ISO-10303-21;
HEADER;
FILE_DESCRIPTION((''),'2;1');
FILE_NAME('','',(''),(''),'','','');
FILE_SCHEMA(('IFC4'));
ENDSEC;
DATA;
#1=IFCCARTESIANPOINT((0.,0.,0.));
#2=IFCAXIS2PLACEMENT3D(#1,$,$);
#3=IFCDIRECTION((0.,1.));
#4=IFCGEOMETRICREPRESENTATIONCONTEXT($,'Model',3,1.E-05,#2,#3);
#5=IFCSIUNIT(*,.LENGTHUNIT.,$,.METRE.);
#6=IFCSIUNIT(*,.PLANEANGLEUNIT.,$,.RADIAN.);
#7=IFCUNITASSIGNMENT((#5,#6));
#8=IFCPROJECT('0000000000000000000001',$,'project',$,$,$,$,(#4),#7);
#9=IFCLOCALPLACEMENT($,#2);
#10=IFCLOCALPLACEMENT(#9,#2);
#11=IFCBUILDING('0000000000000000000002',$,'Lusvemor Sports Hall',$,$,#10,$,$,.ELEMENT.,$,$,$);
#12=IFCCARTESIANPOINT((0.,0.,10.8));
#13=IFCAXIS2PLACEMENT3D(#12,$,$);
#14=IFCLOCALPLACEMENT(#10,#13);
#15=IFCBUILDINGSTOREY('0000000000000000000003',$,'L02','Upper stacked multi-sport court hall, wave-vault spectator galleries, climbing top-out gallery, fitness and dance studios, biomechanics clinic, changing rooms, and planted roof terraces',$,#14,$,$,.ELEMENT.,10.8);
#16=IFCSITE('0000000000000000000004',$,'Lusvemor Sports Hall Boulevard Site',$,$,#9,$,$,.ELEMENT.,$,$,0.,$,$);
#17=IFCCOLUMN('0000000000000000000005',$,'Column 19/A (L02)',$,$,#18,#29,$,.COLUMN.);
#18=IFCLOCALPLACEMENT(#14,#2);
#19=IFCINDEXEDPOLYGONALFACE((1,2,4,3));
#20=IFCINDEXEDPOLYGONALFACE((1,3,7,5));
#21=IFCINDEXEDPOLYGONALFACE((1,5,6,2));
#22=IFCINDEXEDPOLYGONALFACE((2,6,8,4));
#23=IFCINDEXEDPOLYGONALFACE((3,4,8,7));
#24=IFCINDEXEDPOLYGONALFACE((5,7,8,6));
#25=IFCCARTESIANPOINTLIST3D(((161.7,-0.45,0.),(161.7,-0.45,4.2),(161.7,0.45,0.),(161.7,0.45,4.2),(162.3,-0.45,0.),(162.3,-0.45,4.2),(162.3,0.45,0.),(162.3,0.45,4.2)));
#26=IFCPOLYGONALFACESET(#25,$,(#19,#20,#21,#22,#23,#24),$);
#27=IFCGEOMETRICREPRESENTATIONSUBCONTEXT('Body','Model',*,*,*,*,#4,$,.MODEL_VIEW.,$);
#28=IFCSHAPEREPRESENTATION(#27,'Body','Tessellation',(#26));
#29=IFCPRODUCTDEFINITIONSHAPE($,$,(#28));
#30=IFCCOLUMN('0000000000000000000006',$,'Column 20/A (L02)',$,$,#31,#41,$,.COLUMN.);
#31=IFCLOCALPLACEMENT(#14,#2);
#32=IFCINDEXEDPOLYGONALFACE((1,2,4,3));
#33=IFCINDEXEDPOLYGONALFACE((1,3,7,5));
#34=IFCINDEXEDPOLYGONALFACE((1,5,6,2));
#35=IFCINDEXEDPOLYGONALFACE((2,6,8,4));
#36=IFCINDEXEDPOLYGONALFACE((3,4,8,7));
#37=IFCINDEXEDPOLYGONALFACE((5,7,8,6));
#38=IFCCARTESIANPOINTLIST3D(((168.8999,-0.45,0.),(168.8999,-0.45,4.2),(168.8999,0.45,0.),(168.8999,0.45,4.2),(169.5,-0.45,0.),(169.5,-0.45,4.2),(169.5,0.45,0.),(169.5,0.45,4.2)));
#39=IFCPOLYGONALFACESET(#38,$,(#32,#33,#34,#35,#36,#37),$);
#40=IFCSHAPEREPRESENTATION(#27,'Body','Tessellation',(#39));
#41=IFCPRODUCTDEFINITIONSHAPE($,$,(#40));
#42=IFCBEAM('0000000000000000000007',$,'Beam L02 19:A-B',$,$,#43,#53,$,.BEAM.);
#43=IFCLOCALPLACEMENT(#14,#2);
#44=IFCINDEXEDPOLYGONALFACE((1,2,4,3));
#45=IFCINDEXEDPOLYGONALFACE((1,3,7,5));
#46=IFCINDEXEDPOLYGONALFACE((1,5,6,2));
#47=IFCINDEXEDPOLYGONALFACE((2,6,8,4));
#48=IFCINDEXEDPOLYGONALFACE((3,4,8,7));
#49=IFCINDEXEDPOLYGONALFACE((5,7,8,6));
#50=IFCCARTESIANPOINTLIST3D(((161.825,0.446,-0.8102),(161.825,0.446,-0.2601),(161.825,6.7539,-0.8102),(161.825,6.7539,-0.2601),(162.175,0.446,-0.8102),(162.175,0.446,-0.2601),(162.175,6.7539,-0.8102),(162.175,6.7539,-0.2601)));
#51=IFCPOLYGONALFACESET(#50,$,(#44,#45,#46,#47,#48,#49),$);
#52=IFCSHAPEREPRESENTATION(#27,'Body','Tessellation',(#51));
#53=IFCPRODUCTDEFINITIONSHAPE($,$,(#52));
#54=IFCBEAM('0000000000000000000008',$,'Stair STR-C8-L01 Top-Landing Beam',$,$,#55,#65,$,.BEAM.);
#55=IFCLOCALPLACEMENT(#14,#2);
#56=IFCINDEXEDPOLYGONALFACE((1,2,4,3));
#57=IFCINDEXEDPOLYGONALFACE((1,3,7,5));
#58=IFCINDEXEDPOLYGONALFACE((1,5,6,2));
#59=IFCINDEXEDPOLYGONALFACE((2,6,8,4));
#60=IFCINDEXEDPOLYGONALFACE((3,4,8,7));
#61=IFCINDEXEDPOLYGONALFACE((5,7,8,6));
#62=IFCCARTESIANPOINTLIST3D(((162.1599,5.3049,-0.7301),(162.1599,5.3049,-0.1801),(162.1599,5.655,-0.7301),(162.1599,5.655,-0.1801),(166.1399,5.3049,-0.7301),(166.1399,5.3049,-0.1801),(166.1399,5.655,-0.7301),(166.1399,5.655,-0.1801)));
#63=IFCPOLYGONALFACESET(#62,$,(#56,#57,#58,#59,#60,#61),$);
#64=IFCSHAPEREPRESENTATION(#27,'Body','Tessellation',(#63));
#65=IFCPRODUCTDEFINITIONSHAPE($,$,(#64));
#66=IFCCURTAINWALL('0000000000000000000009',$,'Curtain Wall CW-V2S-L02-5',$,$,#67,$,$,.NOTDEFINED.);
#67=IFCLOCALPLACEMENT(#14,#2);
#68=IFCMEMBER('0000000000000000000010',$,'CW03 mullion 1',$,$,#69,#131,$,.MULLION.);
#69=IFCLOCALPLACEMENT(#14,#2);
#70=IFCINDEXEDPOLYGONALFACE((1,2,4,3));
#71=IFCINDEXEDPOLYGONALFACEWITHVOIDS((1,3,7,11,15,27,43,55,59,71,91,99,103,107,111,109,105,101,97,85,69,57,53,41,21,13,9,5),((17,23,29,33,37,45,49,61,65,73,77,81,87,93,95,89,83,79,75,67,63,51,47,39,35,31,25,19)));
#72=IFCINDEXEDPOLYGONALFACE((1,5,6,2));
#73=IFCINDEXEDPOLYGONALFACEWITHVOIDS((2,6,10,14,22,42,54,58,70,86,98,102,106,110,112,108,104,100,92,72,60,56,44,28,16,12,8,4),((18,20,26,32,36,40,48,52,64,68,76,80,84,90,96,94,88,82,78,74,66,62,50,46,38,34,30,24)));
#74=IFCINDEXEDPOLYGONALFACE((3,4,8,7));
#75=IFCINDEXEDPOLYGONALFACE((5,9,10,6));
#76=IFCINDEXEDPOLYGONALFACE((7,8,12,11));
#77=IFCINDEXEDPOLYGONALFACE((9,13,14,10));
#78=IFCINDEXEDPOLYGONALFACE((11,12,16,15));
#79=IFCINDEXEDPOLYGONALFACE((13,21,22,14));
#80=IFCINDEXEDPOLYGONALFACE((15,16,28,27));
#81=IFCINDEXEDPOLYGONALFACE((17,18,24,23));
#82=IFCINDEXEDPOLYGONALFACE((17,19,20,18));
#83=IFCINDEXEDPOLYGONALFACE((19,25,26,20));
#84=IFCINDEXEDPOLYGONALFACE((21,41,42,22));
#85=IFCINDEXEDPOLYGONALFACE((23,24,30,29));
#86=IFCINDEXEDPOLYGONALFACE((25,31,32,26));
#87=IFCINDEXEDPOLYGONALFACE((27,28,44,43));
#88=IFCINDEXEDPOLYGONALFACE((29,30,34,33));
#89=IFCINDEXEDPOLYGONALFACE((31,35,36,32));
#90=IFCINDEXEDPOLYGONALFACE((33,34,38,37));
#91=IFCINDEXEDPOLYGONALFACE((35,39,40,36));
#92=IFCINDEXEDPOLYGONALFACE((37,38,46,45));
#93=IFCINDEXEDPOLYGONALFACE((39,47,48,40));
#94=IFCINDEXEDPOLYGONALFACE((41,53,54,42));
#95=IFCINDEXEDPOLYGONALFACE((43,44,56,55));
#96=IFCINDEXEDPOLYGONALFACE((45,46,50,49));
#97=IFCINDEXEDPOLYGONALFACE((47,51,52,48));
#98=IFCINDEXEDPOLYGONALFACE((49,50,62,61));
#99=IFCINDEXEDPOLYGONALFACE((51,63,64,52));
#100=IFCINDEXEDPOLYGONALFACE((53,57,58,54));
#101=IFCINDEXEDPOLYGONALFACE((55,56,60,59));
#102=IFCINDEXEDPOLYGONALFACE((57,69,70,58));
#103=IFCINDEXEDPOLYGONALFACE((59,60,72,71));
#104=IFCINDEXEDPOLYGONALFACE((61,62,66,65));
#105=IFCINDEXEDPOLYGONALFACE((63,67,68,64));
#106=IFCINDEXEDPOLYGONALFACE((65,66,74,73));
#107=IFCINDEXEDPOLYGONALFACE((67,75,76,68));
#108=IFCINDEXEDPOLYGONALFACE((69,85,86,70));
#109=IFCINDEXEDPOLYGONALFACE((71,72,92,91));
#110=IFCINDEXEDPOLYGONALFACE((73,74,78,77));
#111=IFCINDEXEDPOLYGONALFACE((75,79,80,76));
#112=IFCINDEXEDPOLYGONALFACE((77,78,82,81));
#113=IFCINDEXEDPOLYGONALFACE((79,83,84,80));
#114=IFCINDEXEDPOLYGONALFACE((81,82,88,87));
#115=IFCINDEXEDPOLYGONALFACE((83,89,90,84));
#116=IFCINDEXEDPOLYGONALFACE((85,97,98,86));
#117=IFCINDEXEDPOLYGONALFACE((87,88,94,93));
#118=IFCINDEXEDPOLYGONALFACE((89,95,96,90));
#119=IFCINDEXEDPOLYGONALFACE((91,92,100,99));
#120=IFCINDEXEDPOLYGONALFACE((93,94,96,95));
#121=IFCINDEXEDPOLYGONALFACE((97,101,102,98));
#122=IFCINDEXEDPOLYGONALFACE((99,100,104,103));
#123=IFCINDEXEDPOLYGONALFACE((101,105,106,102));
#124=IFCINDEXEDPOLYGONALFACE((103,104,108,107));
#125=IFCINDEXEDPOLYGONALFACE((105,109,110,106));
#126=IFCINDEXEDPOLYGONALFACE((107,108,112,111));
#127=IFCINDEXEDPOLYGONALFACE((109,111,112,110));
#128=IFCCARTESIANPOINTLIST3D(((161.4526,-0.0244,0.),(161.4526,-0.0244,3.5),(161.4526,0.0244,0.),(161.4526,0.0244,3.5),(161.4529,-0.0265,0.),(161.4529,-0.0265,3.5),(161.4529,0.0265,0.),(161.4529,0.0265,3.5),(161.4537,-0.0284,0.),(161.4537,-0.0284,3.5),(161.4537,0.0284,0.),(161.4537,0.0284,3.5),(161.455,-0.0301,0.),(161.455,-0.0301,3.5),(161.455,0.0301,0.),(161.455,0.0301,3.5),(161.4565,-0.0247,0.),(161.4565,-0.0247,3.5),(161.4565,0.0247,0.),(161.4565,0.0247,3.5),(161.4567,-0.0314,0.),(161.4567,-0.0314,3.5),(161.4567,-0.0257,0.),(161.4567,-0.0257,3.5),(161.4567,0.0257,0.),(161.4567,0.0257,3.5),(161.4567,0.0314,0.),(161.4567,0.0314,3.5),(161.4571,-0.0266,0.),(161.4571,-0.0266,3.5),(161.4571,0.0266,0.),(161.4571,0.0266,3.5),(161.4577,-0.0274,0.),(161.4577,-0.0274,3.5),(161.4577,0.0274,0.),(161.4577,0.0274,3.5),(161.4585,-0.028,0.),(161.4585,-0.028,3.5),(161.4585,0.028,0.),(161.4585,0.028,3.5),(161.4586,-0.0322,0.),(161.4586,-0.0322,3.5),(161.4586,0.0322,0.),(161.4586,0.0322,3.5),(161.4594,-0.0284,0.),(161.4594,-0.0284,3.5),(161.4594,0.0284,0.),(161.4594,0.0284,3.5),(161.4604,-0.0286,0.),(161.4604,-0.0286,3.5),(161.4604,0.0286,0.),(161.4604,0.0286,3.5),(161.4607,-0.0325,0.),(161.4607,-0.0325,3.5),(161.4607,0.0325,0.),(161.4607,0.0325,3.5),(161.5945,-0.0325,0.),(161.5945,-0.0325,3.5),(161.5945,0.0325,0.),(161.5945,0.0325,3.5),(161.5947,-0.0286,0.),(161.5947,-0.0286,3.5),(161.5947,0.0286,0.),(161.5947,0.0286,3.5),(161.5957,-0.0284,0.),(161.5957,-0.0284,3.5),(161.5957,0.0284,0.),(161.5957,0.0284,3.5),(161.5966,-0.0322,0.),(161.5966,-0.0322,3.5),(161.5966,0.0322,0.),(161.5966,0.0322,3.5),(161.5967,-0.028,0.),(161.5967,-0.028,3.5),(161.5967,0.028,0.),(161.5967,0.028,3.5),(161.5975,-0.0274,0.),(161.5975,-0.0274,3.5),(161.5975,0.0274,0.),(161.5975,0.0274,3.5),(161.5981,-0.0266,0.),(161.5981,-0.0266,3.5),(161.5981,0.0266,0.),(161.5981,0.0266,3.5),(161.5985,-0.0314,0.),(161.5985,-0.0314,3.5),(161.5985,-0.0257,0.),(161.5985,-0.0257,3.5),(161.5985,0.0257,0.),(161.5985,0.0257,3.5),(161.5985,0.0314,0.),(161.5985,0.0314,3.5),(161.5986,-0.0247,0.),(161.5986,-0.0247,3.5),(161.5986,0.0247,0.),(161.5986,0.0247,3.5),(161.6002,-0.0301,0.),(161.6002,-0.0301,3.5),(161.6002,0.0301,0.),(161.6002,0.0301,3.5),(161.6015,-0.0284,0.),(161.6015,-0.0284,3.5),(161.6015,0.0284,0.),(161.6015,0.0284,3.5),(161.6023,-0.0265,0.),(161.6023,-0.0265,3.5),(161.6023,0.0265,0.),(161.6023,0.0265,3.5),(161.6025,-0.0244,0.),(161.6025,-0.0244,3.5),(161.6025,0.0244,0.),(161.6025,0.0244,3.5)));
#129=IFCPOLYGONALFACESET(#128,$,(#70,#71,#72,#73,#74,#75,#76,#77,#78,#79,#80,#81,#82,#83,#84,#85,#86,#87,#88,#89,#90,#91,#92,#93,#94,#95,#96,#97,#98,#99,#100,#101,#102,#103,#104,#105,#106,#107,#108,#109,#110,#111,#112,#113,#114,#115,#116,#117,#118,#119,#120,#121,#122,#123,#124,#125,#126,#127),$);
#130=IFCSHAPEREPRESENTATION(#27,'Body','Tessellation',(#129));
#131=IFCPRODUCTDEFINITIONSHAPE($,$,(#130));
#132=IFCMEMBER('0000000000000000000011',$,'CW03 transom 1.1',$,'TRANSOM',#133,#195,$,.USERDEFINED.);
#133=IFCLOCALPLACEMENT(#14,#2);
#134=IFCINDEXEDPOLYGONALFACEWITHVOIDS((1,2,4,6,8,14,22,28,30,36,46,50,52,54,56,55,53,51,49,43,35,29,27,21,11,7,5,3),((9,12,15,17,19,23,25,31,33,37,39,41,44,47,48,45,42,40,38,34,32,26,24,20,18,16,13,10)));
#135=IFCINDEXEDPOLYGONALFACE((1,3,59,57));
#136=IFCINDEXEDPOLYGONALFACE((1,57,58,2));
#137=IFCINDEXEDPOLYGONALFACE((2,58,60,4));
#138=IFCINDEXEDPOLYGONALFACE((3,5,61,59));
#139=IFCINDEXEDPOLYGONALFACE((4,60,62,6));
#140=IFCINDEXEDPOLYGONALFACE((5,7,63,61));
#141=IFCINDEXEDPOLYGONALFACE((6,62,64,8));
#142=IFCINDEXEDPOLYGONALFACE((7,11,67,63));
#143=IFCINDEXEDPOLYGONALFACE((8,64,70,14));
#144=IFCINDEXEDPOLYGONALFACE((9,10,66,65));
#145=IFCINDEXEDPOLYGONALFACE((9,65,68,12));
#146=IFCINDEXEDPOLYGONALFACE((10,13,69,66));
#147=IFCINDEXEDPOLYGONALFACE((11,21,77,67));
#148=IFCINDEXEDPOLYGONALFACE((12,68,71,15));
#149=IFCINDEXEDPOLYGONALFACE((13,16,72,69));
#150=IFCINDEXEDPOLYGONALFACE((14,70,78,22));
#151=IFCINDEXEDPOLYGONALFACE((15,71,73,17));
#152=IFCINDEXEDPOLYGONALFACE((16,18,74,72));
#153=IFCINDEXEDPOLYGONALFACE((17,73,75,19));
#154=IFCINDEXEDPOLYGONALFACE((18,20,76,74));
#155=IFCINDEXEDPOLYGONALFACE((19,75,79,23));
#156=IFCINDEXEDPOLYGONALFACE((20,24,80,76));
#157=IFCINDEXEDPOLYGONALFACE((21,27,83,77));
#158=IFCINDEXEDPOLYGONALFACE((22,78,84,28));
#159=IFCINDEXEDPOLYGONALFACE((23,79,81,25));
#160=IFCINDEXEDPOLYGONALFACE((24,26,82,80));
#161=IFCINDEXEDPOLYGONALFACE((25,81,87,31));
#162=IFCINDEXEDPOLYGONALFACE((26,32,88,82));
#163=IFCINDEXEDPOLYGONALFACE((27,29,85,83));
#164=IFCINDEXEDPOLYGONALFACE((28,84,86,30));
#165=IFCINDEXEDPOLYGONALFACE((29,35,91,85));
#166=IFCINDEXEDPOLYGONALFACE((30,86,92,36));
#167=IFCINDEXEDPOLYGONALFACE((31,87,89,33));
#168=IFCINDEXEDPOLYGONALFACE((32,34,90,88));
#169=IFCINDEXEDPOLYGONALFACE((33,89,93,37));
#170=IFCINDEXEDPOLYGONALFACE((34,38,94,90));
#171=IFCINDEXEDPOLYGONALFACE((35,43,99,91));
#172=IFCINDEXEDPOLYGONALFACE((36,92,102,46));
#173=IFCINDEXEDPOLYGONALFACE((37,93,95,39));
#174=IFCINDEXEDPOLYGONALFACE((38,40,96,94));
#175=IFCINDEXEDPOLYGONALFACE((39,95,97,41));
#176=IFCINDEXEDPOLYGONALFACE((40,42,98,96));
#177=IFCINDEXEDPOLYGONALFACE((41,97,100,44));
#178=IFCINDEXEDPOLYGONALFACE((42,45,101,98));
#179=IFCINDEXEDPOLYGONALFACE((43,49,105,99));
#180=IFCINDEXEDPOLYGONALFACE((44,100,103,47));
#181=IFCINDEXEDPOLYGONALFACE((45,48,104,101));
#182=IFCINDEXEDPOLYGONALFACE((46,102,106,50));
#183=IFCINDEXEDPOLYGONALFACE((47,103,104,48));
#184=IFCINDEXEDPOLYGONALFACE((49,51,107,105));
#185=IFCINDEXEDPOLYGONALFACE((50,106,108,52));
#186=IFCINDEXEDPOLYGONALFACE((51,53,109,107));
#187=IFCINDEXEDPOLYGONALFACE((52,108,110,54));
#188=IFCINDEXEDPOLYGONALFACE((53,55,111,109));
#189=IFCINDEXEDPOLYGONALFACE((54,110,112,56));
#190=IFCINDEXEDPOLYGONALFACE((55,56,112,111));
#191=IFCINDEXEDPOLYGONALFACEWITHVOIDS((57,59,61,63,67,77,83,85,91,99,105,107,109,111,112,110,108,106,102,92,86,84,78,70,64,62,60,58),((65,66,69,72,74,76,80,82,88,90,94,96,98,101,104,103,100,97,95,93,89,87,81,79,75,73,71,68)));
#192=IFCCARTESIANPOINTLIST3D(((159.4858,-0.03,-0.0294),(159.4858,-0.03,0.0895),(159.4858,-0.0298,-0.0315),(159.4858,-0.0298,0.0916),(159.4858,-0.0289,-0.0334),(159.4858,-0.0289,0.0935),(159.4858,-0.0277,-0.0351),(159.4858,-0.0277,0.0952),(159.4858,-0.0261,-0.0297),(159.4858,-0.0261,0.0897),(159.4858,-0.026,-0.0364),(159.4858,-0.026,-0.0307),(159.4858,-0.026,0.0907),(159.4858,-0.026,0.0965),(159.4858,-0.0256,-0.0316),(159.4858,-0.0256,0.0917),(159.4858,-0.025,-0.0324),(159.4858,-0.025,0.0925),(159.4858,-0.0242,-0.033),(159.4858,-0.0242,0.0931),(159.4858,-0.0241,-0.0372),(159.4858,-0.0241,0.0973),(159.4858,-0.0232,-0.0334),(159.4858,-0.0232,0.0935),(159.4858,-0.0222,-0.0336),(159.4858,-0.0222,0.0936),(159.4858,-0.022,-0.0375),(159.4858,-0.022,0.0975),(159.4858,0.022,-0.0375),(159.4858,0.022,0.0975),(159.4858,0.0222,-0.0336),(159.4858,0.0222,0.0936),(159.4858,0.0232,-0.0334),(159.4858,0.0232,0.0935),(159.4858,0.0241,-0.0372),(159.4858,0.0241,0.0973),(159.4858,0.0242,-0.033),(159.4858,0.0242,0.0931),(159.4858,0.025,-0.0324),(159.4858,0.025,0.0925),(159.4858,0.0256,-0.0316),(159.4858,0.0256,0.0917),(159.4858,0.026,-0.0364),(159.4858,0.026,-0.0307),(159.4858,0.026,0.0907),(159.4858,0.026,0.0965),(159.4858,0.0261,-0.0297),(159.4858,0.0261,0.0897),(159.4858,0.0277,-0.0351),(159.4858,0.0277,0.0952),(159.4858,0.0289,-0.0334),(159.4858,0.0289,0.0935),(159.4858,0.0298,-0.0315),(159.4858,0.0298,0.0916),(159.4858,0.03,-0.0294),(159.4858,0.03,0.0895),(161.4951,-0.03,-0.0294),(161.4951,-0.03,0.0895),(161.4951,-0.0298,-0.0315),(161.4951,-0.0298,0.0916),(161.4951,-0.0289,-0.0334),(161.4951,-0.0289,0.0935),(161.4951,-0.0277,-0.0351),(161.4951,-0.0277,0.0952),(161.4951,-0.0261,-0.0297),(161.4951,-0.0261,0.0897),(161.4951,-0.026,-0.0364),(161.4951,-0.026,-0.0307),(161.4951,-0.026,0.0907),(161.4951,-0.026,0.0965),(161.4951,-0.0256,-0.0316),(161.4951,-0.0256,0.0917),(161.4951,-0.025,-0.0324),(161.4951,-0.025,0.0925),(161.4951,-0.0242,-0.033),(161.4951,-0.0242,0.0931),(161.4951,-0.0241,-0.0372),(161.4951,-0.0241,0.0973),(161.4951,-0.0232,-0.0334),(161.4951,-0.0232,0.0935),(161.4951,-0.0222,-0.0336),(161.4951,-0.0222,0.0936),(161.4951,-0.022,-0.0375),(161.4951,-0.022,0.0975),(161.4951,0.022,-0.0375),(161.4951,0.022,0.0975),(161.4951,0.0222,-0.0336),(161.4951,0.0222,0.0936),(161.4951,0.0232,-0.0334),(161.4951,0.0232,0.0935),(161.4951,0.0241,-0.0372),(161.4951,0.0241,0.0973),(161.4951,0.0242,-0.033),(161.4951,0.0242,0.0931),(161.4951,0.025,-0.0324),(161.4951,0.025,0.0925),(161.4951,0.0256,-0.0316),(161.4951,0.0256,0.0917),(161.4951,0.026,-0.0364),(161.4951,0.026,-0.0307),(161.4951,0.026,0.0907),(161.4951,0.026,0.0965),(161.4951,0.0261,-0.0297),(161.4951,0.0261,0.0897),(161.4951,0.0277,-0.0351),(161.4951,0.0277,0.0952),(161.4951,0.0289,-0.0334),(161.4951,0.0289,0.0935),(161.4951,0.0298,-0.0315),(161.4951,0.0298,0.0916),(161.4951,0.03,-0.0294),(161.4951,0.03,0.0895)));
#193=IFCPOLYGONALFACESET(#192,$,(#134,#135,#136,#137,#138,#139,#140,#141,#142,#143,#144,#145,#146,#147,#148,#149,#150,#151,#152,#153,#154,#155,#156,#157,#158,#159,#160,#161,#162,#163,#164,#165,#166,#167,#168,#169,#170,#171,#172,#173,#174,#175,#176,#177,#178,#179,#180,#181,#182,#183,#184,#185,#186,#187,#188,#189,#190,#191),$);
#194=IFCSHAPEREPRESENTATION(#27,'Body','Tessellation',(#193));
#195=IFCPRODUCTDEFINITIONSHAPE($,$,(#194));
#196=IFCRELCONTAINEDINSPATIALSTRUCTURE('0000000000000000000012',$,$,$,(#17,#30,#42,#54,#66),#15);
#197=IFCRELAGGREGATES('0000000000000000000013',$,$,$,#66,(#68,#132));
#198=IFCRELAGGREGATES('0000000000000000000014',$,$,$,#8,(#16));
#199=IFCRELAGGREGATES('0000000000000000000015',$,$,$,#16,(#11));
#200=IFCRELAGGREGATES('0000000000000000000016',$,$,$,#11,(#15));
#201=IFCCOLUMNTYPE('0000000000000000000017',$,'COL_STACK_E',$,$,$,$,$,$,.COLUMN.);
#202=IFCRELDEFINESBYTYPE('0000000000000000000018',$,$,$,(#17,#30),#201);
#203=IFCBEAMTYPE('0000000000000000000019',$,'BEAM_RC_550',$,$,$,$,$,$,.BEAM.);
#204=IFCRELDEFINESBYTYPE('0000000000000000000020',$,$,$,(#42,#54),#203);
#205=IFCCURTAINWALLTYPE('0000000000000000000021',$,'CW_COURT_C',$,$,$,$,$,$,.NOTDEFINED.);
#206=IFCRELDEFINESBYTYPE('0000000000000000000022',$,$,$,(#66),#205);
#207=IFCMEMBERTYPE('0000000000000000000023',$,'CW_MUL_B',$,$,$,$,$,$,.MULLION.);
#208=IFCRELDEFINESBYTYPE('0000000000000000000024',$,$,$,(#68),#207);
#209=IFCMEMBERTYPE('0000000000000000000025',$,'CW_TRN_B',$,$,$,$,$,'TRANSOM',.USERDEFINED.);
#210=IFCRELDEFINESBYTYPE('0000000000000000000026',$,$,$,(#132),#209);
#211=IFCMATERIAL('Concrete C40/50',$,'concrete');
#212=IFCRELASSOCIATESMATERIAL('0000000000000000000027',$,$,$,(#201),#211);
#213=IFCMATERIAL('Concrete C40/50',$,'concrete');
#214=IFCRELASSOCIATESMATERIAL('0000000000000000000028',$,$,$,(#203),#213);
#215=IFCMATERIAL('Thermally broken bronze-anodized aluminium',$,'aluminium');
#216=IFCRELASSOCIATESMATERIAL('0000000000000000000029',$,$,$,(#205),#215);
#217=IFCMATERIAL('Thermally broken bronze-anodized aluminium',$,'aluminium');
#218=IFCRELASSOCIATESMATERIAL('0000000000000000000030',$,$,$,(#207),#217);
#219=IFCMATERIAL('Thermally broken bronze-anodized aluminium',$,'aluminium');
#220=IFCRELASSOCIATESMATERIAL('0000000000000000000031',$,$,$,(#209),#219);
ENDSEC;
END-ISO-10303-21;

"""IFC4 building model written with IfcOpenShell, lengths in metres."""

from ifc_helpers import new_model, si_unit, direction, frame, origin, origin_2d, place, context, subcontext, project, spatial, rectangle, hollow_rectangle, extrude, material, material_profile, profile_set, type_object, element, aggregate, save


model = new_model("IFC4")

# Units and contexts
model_context = context("Model", 3, precision=1e-05, world=origin(), true_north=direction((0.0, 1.0)))
body_context = subcontext(model_context, "Body", "Model", "MODEL_VIEW")
ifc_project = project(units=[si_unit("LENGTHUNIT", "METRE"), si_unit("PLANEANGLEUNIT", "RADIAN")], contexts=[model_context])

# Site, building, storey
site_placement = place(None, origin())
site = spatial("IfcSite", under=ifc_project, at=site_placement, Name="Lusvemor Sports Hall Boulevard Site", CompositionType="ELEMENT", RefElevation=0.0)
building_placement = place(site_placement, origin())
building = spatial("IfcBuilding", under=site, at=building_placement, Name="Lusvemor Sports Hall", CompositionType="ELEMENT")
storey_placement = place(building_placement, frame((0.0, 0.0, 10.8)))
storey = spatial("IfcBuildingStorey", under=building, at=storey_placement, Name="L02", Description="Upper stacked multi-sport court hall, wave-vault spectator galleries, climbing top-out gallery, fitness and dance studios, biomechanics clinic, changing rooms, and planted roof terraces", CompositionType="ELEMENT", Elevation=10.8)

# Columns
ifc_material_1 = material(Name="Concrete C40/50", Category="concrete")
ifc_material_profile_1 = material_profile(ifc_material_1, rectangle(XDim=0.6001, YDim=0.8999, at=origin_2d()), Name="RC600x900")
ifc_profile_set_1 = profile_set([ifc_material_profile_1], Name="Concrete C40/50")
column_type = type_object("IfcColumnType", Name="COL_STACK_E", PredefinedType="COLUMN", material=ifc_profile_set_1)
for number, where, z_axis, x_axis, name in (
    (1, (162.0, 0.0, 0.0), (0.0, 0.0, 1.0), (1.0, 0.0, 0.0), "Column 19/A (L02)"),
    (2, (169.2, 0.0, 0.0), (0.0, 0.0, 1.0), (1.0, 0.0, 0.0), "Column 20/A (L02)"),
):
    element("IfcColumn", number, at=place(storey_placement, frame(where, z_axis=z_axis, x_axis=x_axis)), inside=storey, type_object=column_type, Name=name, PredefinedType="COLUMN", context=body_context, shape_type="SweptSolid", body=[
        extrude(rectangle(XDim=0.6001, YDim=0.8999, at=origin_2d()), origin(), (0.0, 0.0, 1.0), 4.2),
    ])

# Beams
ifc_material_2 = material(Name="Concrete C40/50", Category="concrete")
ifc_material_profile_2 = material_profile(ifc_material_2, rectangle(XDim=0.3501, YDim=0.55, at=origin_2d()), Name="RC350x550")
ifc_profile_set_2 = profile_set([ifc_material_profile_2], Name="Concrete C40/50")
beam_type_1 = type_object("IfcBeamType", Name="BEAM_RC_550", PredefinedType="BEAM", material=ifc_profile_set_2)
beam_1_placement = place(storey_placement, frame((162.0, 0.446, -0.5352), z_axis=(0.0, 1.0, 0.0), x_axis=(-1.0, 0.0, 0.0)))
element("IfcBeam", 3, at=beam_1_placement, inside=storey, type_object=beam_type_1, Name="Beam L02 19:A-B", PredefinedType="BEAM", context=body_context, shape_type="SweptSolid", body=[
    extrude(rectangle(XDim=0.3501, YDim=0.55, at=origin_2d()), origin(), (0.0, 0.0, 1.0), 6.3079),
])
beam_2_placement = place(storey_placement, frame((162.1599, 5.48, -0.4551), z_axis=(1.0, 0.0, 0.0), x_axis=(0.0, 1.0, 0.0)))
element("IfcBeam", 4, at=beam_2_placement, inside=storey, type_object=beam_type_1, Name="Stair STR-C8-L01 Top-Landing Beam", PredefinedType="BEAM", context=body_context, shape_type="SweptSolid", body=[
    extrude(rectangle(XDim=0.3501, YDim=0.55, at=origin_2d()), origin(), (0.0, 0.0, 1.0), 3.98),
])

# Curtain wall, members
ifc_material_3 = material(Name="Thermally broken bronze-anodized aluminium", Category="aluminium")
curtain_wall_type = type_object("IfcCurtainWallType", Name="CW_COURT_C", PredefinedType="NOTDEFINED", material=ifc_material_3)
curtain_wall_placement = place(storey_placement, origin())
curtain_wall = element("IfcCurtainWall", 5, at=curtain_wall_placement, inside=storey, type_object=curtain_wall_type, Name="Curtain Wall CW-V2S-L02-5", PredefinedType="NOTDEFINED")
ifc_material_4 = material(Name="Thermally broken bronze-anodized aluminium", Category="aluminium")
ifc_material_profile_3 = material_profile(ifc_material_4, hollow_rectangle(XDim=0.0649, YDim=0.1499, WallThickness=0.0039, InnerFilletRadius=0.0039, OuterFilletRadius=0.0081, at=origin_2d()), Name="CWMUL150x65x4")
ifc_profile_set_3 = profile_set([ifc_material_profile_3], Name="Thermally broken bronze-anodized aluminium")
member_type_1 = type_object("IfcMemberType", Name="CW_MUL_B", PredefinedType="MULLION", material=ifc_profile_set_3)
member_1_placement = place(storey_placement, frame((161.5276, 0.0, 0.0), z_axis=(0.0, 0.0, 1.0), x_axis=(0.0, -1.0, 0.0)))
member_1 = element("IfcMember", 6, at=member_1_placement, type_object=member_type_1, Name="CW03 mullion 1", PredefinedType="MULLION", context=body_context, shape_type="SweptSolid", body=[
    extrude(hollow_rectangle(XDim=0.0649, YDim=0.1499, WallThickness=0.0039, InnerFilletRadius=0.0039, OuterFilletRadius=0.0081, at=origin_2d()), origin(), (0.0, 0.0, 1.0), 3.5),
])
ifc_material_5 = material(Name="Thermally broken bronze-anodized aluminium", Category="aluminium")
ifc_material_profile_4 = material_profile(ifc_material_5, hollow_rectangle(XDim=0.0601, YDim=0.135, WallThickness=0.0039, InnerFilletRadius=0.0039, OuterFilletRadius=0.0081, at=origin_2d()), Name="CWTRN135x60x4")
ifc_profile_set_4 = profile_set([ifc_material_profile_4], Name="Thermally broken bronze-anodized aluminium")
member_type_2 = type_object("IfcMemberType", Name="CW_TRN_B", ElementType="TRANSOM", PredefinedType="USERDEFINED", material=ifc_profile_set_4)
member_2_placement = place(storey_placement, frame((161.4951, 0.0, 0.03), z_axis=(-1.0, 0.0, 0.0), x_axis=(0.0, -1.0, 0.0)))
member_2 = element("IfcMember", 7, at=member_2_placement, type_object=member_type_2, Name="CW03 transom 1.1", ObjectType="TRANSOM", PredefinedType="USERDEFINED", context=body_context, shape_type="SweptSolid", body=[
    extrude(hollow_rectangle(XDim=0.0601, YDim=0.135, WallThickness=0.0039, InnerFilletRadius=0.0039, OuterFilletRadius=0.0081, at=origin_2d()), origin(), (0.0, 0.0, 1.0), 2.0093),
])

aggregate(curtain_wall, [member_1, member_2])

save(model, "model.ifc")
